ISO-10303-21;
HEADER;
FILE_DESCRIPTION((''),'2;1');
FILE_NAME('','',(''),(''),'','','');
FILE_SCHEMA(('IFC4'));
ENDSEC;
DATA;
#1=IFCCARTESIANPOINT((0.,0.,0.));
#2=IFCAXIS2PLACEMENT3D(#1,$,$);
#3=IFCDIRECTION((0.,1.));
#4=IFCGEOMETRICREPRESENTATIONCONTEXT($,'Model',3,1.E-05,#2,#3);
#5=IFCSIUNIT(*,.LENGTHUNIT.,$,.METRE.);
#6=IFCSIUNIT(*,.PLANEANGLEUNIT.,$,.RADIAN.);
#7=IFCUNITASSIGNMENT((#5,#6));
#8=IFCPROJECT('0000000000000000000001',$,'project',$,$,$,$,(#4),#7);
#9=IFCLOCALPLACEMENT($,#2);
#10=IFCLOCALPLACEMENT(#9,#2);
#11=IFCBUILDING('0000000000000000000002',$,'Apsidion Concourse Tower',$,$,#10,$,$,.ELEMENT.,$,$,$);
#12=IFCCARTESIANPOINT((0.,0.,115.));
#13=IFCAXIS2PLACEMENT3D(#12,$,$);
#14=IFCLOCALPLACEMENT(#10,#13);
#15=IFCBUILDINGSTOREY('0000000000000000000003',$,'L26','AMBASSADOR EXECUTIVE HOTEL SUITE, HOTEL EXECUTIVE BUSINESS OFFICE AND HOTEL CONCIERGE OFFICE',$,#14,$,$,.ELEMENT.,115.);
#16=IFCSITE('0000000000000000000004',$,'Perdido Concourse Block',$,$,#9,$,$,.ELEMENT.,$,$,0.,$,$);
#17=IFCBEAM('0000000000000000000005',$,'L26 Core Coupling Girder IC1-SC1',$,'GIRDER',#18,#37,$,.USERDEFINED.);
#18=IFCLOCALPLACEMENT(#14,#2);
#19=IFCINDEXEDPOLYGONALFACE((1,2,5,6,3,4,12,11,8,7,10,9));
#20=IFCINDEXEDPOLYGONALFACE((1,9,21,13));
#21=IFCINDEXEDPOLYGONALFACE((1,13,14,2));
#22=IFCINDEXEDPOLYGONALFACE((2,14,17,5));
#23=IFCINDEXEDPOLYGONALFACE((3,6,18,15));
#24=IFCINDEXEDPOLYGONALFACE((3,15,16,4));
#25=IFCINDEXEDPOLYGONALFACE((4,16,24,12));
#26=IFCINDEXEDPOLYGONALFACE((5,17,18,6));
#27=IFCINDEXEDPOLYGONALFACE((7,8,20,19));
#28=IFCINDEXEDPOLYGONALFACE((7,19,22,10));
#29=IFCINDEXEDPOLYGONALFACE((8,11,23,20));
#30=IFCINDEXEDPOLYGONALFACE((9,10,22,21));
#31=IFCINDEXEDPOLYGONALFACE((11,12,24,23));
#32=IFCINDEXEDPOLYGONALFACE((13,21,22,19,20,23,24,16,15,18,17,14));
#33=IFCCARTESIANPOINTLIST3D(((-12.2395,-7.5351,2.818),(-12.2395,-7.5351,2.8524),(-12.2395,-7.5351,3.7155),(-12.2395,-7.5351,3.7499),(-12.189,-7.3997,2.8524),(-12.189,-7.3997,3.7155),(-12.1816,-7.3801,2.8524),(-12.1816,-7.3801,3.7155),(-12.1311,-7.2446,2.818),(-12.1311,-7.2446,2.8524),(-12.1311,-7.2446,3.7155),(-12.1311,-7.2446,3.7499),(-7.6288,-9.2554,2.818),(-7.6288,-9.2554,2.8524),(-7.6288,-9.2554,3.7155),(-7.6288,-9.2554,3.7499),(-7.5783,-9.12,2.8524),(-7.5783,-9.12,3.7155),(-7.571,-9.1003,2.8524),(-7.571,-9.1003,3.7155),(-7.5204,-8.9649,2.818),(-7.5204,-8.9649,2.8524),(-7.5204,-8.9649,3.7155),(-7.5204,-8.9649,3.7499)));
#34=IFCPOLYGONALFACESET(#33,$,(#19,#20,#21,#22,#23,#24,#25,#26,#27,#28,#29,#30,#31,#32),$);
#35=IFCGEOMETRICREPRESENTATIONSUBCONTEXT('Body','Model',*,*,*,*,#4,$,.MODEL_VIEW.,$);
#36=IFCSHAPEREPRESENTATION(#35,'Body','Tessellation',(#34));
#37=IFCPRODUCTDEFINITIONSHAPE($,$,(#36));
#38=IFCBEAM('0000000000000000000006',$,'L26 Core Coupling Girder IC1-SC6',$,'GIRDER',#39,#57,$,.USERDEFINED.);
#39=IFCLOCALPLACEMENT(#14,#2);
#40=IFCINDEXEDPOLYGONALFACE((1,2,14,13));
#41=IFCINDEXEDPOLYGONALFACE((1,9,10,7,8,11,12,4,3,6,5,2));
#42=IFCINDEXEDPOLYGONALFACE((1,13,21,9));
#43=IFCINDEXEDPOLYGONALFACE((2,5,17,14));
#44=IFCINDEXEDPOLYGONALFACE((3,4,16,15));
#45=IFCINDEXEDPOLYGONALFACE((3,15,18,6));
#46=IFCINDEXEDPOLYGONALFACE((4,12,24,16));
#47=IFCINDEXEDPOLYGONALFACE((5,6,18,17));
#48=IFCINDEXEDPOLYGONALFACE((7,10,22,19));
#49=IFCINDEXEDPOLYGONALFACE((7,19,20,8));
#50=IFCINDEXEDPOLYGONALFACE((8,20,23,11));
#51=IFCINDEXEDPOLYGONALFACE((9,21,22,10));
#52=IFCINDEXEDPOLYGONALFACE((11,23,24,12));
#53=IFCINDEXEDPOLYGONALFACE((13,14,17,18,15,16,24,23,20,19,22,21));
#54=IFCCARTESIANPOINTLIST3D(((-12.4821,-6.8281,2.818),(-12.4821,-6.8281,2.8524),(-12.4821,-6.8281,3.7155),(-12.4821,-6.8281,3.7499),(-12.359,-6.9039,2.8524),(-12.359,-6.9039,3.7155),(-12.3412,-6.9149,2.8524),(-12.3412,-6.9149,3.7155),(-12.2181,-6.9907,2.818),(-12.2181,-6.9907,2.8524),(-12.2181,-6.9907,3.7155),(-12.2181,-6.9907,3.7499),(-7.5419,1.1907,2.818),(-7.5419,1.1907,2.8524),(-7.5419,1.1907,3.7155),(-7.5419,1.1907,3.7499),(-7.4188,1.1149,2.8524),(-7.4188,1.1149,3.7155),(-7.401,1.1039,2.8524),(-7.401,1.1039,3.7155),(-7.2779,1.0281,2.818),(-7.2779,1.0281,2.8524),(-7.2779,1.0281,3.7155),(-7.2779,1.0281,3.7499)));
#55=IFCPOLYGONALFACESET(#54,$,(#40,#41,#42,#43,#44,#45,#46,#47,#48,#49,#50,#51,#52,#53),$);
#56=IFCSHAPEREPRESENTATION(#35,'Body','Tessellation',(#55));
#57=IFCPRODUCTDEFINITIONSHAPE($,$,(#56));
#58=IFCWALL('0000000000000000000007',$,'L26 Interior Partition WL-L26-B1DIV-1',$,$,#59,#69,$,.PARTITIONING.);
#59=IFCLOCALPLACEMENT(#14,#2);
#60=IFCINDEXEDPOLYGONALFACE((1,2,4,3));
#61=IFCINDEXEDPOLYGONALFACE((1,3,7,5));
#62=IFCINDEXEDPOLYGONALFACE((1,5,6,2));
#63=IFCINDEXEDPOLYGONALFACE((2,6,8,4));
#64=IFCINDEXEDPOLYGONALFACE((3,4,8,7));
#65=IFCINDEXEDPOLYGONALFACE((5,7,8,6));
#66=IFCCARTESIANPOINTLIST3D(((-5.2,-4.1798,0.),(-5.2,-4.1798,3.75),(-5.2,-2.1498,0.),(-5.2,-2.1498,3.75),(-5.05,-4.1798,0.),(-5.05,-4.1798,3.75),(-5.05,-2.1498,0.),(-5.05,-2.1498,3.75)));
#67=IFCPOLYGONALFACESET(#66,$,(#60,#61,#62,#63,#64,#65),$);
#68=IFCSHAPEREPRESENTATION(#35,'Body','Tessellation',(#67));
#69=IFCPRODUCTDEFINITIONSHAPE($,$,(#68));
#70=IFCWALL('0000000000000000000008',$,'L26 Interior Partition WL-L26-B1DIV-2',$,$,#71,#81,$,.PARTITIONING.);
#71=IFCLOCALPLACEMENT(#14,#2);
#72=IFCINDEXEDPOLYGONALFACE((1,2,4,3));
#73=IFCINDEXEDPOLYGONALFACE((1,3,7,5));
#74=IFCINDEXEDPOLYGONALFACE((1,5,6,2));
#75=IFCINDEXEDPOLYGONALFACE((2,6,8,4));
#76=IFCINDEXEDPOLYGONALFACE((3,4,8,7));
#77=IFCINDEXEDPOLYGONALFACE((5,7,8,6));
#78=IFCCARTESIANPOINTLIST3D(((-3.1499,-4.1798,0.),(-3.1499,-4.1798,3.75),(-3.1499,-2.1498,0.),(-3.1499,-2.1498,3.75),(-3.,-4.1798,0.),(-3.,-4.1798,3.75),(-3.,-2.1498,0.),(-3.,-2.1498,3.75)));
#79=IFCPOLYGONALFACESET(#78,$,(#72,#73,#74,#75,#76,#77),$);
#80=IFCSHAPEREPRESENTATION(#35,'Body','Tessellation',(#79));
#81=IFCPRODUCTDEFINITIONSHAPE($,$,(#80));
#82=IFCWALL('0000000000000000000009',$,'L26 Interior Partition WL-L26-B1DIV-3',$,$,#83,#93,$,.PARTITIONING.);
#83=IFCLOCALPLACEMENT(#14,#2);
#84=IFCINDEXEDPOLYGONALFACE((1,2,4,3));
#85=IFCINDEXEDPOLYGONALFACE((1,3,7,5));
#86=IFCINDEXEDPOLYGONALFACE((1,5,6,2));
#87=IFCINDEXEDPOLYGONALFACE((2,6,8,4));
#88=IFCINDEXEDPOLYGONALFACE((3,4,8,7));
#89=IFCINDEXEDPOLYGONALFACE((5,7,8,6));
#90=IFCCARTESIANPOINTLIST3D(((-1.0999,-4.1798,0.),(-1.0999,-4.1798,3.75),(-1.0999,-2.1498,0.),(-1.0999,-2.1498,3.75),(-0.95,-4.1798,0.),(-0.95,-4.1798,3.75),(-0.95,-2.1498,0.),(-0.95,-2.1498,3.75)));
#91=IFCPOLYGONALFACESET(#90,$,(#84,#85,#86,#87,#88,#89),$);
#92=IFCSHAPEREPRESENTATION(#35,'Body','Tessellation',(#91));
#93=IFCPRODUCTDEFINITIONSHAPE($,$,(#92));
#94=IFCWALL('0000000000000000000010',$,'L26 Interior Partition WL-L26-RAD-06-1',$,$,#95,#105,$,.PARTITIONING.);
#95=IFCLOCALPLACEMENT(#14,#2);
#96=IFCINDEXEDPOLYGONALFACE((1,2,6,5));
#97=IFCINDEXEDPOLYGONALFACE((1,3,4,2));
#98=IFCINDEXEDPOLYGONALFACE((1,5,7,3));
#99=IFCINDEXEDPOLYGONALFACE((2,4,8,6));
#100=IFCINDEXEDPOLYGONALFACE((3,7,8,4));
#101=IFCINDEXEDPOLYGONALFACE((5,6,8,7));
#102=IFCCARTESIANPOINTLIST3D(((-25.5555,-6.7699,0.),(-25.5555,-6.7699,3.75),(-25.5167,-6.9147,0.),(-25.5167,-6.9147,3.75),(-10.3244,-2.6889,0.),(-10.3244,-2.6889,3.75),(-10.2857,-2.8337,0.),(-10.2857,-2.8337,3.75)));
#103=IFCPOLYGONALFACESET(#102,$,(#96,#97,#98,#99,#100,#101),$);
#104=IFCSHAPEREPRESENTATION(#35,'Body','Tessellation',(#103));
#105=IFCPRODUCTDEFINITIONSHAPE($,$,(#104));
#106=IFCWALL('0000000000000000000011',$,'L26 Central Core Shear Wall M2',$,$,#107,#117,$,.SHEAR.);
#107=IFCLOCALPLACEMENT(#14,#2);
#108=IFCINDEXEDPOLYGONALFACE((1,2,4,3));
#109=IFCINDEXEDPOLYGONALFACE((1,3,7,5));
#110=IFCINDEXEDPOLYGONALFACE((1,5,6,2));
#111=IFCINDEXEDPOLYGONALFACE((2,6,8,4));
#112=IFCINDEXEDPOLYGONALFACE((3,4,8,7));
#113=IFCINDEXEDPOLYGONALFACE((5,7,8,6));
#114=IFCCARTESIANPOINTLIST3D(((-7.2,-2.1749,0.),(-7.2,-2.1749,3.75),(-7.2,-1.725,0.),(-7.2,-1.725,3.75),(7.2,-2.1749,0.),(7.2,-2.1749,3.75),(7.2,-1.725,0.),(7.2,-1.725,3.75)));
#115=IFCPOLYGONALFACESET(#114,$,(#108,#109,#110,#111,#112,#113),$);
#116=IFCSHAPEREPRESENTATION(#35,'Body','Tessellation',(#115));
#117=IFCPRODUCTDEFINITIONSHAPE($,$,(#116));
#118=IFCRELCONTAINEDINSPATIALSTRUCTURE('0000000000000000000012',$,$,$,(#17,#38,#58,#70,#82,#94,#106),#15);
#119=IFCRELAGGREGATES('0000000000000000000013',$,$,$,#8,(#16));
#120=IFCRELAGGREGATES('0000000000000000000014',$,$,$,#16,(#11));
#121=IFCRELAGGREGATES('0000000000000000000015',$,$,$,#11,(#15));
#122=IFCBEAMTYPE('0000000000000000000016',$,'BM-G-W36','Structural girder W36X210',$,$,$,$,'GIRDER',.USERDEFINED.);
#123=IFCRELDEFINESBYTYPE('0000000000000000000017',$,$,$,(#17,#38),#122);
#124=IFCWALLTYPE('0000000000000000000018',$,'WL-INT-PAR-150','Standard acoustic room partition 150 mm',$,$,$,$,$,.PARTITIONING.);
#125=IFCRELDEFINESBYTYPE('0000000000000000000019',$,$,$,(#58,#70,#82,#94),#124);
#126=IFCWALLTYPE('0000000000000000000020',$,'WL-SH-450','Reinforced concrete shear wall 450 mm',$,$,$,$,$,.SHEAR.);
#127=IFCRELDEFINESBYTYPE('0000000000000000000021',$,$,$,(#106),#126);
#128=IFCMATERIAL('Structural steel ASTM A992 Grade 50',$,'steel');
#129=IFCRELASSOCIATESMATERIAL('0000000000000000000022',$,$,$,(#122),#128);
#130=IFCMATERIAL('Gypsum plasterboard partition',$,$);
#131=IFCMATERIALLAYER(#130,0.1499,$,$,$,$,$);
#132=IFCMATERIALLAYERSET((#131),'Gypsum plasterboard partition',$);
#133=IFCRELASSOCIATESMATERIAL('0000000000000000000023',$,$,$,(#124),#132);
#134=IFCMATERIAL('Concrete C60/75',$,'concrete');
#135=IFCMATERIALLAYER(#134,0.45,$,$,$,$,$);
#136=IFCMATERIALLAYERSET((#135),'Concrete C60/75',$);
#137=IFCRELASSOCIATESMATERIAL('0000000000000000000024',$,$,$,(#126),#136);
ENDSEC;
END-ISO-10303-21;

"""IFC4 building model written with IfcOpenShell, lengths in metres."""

from ifc_helpers import new_model, si_unit, direction, frame, frame_2d, origin, origin_2d, place, context, subcontext, project, spatial, rectangle, i_section, extrude, material, layer, layer_set, material_profile, profile_set, type_object, element, save


model = new_model("IFC4")

# Units and contexts
model_context = context("Model", 3, precision=1e-05, world=origin(), true_north=direction((0.0, 1.0)))
body_context = subcontext(model_context, "Body", "Model", "MODEL_VIEW")
ifc_project = project(units=[si_unit("LENGTHUNIT", "METRE"), si_unit("PLANEANGLEUNIT", "RADIAN")], contexts=[model_context])

# Site, building, storey
site_placement = place(None, origin())
site = spatial("IfcSite", under=ifc_project, at=site_placement, Name="Perdido Concourse Block", CompositionType="ELEMENT", RefElevation=0.0)
building_placement = place(site_placement, origin())
building = spatial("IfcBuilding", under=site, at=building_placement, Name="Apsidion Concourse Tower", CompositionType="ELEMENT")
storey_placement = place(building_placement, frame((0.0, 0.0, 115.0)))
storey = spatial("IfcBuildingStorey", under=building, at=storey_placement, Name="L26", Description="AMBASSADOR EXECUTIVE HOTEL SUITE, HOTEL EXECUTIVE BUSINESS OFFICE AND HOTEL CONCIERGE OFFICE", CompositionType="ELEMENT", Elevation=115.0)

# Beams
ifc_material_1 = material(Name="Structural steel ASTM A992 Grade 50", Category="steel")
ifc_material_profile = material_profile(ifc_material_1, i_section(OverallWidth=0.3101, OverallDepth=0.9319, WebThickness=0.021, FlangeThickness=0.0344, at=origin_2d()), Name="W36X210")
ifc_profile_set = profile_set([ifc_material_profile], Name="Structural steel ASTM A992 Grade 50")
beam_type = type_object("IfcBeamType", Name="BM-G-W36", Description="Structural girder W36X210", ElementType="GIRDER", PredefinedType="USERDEFINED", material=ifc_profile_set)
beam_1_placement = place(storey_placement, frame((-12.1853, -7.3899, 3.2839), z_axis=(0.936913, -0.349563, 0.0), x_axis=(0.349563, 0.936913, 0.0)))
element("IfcBeam", 1, at=beam_1_placement, inside=storey, type_object=beam_type, Name="L26 Core Coupling Girder IC1-SC1", ObjectType="GIRDER", PredefinedType="USERDEFINED", context=body_context, shape_type="SweptSolid", body=[
    extrude(i_section(OverallWidth=0.3101, OverallDepth=0.9319, WebThickness=0.021, FlangeThickness=0.0344, at=origin_2d()), origin(), (0.0, 0.0, 1.0), 4.9211),
])
beam_2_placement = place(storey_placement, frame((-12.3501, -6.9094, 3.2839), z_axis=(0.524524, 0.851396, 0.0), x_axis=(-0.851396, 0.524524, 0.0)))
element("IfcBeam", 2, at=beam_2_placement, inside=storey, type_object=beam_type, Name="L26 Core Coupling Girder IC1-SC6", ObjectType="GIRDER", PredefinedType="USERDEFINED", context=body_context, shape_type="SweptSolid", body=[
    extrude(i_section(OverallWidth=0.3101, OverallDepth=0.9319, WebThickness=0.021, FlangeThickness=0.0344, at=origin_2d()), origin(), (0.0, 0.0, 1.0), 9.4185),
])

# Walls
ifc_material_2 = material(Name="Gypsum plasterboard partition")
ifc_layer_1 = layer(ifc_material_2, 0.1499)
ifc_layer_set_1 = layer_set([ifc_layer_1], Name="Gypsum plasterboard partition")
wall_type_1 = type_object("IfcWallType", Name="WL-INT-PAR-150", Description="Standard acoustic room partition 150 mm", PredefinedType="PARTITIONING", material=ifc_layer_set_1)
for number, where, z_axis, x_axis, name in (
    (3, (-5.125, -4.1799, 0.0), (0.0, 0.0, 1.0), (0.0, 1.0, 0.0), "L26 Interior Partition WL-L26-B1DIV-1"),
    (4, (-3.075, -4.1799, 0.0), (0.0, 0.0, 1.0), (0.0, 1.0, 0.0), "L26 Interior Partition WL-L26-B1DIV-2"),
    (5, (-1.0249, -4.1799, 0.0), (0.0, 0.0, 1.0), (0.0, 1.0, 0.0), "L26 Interior Partition WL-L26-B1DIV-3"),
):
    element("IfcWall", number, at=place(storey_placement, frame(where, z_axis=z_axis, x_axis=x_axis)), inside=storey, type_object=wall_type_1, Name=name, PredefinedType="PARTITIONING", context=body_context, shape_type="SweptSolid", body=[
        extrude(rectangle(XDim=2.03, YDim=0.1499, at=frame_2d((1.0151, 0.0))), origin(), (0.0, 0.0, 1.0), 3.75),
    ])
wall_1_placement = place(storey_placement, frame((-10.3049, -2.7612, 0.0), z_axis=(0.0, 0.0, 1.0), x_axis=(-0.965927, -0.258815, 0.0)))
element("IfcWall", 6, at=wall_1_placement, inside=storey, type_object=wall_type_1, Name="L26 Interior Partition WL-L26-RAD-06-1", PredefinedType="PARTITIONING", context=body_context, shape_type="SweptSolid", body=[
    extrude(rectangle(XDim=15.7683, YDim=0.1499, at=frame_2d((7.8843, 0.0))), origin(), (0.0, 0.0, 1.0), 3.75),
])

# Shared definitions
ifc_material_3 = material(Name="Concrete C60/75", Category="concrete")
ifc_layer_2 = layer(ifc_material_3, 0.45)
ifc_layer_set_2 = layer_set([ifc_layer_2], Name="Concrete C60/75")
wall_type_2 = type_object("IfcWallType", Name="WL-SH-450", Description="Reinforced concrete shear wall 450 mm", PredefinedType="SHEAR", material=ifc_layer_set_2)

# Wall
wall_2_placement = place(storey_placement, frame((-7.2, -1.95, 0.0), z_axis=(0.0, 0.0, 1.0), x_axis=(1.0, 0.0, 0.0)))
element("IfcWall", 7, at=wall_2_placement, inside=storey, type_object=wall_type_2, Name="L26 Central Core Shear Wall M2", PredefinedType="SHEAR", context=body_context, shape_type="SweptSolid", body=[
    extrude(rectangle(XDim=14.3999, YDim=0.45, at=frame_2d((7.2, 0.0))), origin(), (0.0, 0.0, 1.0), 3.75),
])

save(model, "model.ifc")
